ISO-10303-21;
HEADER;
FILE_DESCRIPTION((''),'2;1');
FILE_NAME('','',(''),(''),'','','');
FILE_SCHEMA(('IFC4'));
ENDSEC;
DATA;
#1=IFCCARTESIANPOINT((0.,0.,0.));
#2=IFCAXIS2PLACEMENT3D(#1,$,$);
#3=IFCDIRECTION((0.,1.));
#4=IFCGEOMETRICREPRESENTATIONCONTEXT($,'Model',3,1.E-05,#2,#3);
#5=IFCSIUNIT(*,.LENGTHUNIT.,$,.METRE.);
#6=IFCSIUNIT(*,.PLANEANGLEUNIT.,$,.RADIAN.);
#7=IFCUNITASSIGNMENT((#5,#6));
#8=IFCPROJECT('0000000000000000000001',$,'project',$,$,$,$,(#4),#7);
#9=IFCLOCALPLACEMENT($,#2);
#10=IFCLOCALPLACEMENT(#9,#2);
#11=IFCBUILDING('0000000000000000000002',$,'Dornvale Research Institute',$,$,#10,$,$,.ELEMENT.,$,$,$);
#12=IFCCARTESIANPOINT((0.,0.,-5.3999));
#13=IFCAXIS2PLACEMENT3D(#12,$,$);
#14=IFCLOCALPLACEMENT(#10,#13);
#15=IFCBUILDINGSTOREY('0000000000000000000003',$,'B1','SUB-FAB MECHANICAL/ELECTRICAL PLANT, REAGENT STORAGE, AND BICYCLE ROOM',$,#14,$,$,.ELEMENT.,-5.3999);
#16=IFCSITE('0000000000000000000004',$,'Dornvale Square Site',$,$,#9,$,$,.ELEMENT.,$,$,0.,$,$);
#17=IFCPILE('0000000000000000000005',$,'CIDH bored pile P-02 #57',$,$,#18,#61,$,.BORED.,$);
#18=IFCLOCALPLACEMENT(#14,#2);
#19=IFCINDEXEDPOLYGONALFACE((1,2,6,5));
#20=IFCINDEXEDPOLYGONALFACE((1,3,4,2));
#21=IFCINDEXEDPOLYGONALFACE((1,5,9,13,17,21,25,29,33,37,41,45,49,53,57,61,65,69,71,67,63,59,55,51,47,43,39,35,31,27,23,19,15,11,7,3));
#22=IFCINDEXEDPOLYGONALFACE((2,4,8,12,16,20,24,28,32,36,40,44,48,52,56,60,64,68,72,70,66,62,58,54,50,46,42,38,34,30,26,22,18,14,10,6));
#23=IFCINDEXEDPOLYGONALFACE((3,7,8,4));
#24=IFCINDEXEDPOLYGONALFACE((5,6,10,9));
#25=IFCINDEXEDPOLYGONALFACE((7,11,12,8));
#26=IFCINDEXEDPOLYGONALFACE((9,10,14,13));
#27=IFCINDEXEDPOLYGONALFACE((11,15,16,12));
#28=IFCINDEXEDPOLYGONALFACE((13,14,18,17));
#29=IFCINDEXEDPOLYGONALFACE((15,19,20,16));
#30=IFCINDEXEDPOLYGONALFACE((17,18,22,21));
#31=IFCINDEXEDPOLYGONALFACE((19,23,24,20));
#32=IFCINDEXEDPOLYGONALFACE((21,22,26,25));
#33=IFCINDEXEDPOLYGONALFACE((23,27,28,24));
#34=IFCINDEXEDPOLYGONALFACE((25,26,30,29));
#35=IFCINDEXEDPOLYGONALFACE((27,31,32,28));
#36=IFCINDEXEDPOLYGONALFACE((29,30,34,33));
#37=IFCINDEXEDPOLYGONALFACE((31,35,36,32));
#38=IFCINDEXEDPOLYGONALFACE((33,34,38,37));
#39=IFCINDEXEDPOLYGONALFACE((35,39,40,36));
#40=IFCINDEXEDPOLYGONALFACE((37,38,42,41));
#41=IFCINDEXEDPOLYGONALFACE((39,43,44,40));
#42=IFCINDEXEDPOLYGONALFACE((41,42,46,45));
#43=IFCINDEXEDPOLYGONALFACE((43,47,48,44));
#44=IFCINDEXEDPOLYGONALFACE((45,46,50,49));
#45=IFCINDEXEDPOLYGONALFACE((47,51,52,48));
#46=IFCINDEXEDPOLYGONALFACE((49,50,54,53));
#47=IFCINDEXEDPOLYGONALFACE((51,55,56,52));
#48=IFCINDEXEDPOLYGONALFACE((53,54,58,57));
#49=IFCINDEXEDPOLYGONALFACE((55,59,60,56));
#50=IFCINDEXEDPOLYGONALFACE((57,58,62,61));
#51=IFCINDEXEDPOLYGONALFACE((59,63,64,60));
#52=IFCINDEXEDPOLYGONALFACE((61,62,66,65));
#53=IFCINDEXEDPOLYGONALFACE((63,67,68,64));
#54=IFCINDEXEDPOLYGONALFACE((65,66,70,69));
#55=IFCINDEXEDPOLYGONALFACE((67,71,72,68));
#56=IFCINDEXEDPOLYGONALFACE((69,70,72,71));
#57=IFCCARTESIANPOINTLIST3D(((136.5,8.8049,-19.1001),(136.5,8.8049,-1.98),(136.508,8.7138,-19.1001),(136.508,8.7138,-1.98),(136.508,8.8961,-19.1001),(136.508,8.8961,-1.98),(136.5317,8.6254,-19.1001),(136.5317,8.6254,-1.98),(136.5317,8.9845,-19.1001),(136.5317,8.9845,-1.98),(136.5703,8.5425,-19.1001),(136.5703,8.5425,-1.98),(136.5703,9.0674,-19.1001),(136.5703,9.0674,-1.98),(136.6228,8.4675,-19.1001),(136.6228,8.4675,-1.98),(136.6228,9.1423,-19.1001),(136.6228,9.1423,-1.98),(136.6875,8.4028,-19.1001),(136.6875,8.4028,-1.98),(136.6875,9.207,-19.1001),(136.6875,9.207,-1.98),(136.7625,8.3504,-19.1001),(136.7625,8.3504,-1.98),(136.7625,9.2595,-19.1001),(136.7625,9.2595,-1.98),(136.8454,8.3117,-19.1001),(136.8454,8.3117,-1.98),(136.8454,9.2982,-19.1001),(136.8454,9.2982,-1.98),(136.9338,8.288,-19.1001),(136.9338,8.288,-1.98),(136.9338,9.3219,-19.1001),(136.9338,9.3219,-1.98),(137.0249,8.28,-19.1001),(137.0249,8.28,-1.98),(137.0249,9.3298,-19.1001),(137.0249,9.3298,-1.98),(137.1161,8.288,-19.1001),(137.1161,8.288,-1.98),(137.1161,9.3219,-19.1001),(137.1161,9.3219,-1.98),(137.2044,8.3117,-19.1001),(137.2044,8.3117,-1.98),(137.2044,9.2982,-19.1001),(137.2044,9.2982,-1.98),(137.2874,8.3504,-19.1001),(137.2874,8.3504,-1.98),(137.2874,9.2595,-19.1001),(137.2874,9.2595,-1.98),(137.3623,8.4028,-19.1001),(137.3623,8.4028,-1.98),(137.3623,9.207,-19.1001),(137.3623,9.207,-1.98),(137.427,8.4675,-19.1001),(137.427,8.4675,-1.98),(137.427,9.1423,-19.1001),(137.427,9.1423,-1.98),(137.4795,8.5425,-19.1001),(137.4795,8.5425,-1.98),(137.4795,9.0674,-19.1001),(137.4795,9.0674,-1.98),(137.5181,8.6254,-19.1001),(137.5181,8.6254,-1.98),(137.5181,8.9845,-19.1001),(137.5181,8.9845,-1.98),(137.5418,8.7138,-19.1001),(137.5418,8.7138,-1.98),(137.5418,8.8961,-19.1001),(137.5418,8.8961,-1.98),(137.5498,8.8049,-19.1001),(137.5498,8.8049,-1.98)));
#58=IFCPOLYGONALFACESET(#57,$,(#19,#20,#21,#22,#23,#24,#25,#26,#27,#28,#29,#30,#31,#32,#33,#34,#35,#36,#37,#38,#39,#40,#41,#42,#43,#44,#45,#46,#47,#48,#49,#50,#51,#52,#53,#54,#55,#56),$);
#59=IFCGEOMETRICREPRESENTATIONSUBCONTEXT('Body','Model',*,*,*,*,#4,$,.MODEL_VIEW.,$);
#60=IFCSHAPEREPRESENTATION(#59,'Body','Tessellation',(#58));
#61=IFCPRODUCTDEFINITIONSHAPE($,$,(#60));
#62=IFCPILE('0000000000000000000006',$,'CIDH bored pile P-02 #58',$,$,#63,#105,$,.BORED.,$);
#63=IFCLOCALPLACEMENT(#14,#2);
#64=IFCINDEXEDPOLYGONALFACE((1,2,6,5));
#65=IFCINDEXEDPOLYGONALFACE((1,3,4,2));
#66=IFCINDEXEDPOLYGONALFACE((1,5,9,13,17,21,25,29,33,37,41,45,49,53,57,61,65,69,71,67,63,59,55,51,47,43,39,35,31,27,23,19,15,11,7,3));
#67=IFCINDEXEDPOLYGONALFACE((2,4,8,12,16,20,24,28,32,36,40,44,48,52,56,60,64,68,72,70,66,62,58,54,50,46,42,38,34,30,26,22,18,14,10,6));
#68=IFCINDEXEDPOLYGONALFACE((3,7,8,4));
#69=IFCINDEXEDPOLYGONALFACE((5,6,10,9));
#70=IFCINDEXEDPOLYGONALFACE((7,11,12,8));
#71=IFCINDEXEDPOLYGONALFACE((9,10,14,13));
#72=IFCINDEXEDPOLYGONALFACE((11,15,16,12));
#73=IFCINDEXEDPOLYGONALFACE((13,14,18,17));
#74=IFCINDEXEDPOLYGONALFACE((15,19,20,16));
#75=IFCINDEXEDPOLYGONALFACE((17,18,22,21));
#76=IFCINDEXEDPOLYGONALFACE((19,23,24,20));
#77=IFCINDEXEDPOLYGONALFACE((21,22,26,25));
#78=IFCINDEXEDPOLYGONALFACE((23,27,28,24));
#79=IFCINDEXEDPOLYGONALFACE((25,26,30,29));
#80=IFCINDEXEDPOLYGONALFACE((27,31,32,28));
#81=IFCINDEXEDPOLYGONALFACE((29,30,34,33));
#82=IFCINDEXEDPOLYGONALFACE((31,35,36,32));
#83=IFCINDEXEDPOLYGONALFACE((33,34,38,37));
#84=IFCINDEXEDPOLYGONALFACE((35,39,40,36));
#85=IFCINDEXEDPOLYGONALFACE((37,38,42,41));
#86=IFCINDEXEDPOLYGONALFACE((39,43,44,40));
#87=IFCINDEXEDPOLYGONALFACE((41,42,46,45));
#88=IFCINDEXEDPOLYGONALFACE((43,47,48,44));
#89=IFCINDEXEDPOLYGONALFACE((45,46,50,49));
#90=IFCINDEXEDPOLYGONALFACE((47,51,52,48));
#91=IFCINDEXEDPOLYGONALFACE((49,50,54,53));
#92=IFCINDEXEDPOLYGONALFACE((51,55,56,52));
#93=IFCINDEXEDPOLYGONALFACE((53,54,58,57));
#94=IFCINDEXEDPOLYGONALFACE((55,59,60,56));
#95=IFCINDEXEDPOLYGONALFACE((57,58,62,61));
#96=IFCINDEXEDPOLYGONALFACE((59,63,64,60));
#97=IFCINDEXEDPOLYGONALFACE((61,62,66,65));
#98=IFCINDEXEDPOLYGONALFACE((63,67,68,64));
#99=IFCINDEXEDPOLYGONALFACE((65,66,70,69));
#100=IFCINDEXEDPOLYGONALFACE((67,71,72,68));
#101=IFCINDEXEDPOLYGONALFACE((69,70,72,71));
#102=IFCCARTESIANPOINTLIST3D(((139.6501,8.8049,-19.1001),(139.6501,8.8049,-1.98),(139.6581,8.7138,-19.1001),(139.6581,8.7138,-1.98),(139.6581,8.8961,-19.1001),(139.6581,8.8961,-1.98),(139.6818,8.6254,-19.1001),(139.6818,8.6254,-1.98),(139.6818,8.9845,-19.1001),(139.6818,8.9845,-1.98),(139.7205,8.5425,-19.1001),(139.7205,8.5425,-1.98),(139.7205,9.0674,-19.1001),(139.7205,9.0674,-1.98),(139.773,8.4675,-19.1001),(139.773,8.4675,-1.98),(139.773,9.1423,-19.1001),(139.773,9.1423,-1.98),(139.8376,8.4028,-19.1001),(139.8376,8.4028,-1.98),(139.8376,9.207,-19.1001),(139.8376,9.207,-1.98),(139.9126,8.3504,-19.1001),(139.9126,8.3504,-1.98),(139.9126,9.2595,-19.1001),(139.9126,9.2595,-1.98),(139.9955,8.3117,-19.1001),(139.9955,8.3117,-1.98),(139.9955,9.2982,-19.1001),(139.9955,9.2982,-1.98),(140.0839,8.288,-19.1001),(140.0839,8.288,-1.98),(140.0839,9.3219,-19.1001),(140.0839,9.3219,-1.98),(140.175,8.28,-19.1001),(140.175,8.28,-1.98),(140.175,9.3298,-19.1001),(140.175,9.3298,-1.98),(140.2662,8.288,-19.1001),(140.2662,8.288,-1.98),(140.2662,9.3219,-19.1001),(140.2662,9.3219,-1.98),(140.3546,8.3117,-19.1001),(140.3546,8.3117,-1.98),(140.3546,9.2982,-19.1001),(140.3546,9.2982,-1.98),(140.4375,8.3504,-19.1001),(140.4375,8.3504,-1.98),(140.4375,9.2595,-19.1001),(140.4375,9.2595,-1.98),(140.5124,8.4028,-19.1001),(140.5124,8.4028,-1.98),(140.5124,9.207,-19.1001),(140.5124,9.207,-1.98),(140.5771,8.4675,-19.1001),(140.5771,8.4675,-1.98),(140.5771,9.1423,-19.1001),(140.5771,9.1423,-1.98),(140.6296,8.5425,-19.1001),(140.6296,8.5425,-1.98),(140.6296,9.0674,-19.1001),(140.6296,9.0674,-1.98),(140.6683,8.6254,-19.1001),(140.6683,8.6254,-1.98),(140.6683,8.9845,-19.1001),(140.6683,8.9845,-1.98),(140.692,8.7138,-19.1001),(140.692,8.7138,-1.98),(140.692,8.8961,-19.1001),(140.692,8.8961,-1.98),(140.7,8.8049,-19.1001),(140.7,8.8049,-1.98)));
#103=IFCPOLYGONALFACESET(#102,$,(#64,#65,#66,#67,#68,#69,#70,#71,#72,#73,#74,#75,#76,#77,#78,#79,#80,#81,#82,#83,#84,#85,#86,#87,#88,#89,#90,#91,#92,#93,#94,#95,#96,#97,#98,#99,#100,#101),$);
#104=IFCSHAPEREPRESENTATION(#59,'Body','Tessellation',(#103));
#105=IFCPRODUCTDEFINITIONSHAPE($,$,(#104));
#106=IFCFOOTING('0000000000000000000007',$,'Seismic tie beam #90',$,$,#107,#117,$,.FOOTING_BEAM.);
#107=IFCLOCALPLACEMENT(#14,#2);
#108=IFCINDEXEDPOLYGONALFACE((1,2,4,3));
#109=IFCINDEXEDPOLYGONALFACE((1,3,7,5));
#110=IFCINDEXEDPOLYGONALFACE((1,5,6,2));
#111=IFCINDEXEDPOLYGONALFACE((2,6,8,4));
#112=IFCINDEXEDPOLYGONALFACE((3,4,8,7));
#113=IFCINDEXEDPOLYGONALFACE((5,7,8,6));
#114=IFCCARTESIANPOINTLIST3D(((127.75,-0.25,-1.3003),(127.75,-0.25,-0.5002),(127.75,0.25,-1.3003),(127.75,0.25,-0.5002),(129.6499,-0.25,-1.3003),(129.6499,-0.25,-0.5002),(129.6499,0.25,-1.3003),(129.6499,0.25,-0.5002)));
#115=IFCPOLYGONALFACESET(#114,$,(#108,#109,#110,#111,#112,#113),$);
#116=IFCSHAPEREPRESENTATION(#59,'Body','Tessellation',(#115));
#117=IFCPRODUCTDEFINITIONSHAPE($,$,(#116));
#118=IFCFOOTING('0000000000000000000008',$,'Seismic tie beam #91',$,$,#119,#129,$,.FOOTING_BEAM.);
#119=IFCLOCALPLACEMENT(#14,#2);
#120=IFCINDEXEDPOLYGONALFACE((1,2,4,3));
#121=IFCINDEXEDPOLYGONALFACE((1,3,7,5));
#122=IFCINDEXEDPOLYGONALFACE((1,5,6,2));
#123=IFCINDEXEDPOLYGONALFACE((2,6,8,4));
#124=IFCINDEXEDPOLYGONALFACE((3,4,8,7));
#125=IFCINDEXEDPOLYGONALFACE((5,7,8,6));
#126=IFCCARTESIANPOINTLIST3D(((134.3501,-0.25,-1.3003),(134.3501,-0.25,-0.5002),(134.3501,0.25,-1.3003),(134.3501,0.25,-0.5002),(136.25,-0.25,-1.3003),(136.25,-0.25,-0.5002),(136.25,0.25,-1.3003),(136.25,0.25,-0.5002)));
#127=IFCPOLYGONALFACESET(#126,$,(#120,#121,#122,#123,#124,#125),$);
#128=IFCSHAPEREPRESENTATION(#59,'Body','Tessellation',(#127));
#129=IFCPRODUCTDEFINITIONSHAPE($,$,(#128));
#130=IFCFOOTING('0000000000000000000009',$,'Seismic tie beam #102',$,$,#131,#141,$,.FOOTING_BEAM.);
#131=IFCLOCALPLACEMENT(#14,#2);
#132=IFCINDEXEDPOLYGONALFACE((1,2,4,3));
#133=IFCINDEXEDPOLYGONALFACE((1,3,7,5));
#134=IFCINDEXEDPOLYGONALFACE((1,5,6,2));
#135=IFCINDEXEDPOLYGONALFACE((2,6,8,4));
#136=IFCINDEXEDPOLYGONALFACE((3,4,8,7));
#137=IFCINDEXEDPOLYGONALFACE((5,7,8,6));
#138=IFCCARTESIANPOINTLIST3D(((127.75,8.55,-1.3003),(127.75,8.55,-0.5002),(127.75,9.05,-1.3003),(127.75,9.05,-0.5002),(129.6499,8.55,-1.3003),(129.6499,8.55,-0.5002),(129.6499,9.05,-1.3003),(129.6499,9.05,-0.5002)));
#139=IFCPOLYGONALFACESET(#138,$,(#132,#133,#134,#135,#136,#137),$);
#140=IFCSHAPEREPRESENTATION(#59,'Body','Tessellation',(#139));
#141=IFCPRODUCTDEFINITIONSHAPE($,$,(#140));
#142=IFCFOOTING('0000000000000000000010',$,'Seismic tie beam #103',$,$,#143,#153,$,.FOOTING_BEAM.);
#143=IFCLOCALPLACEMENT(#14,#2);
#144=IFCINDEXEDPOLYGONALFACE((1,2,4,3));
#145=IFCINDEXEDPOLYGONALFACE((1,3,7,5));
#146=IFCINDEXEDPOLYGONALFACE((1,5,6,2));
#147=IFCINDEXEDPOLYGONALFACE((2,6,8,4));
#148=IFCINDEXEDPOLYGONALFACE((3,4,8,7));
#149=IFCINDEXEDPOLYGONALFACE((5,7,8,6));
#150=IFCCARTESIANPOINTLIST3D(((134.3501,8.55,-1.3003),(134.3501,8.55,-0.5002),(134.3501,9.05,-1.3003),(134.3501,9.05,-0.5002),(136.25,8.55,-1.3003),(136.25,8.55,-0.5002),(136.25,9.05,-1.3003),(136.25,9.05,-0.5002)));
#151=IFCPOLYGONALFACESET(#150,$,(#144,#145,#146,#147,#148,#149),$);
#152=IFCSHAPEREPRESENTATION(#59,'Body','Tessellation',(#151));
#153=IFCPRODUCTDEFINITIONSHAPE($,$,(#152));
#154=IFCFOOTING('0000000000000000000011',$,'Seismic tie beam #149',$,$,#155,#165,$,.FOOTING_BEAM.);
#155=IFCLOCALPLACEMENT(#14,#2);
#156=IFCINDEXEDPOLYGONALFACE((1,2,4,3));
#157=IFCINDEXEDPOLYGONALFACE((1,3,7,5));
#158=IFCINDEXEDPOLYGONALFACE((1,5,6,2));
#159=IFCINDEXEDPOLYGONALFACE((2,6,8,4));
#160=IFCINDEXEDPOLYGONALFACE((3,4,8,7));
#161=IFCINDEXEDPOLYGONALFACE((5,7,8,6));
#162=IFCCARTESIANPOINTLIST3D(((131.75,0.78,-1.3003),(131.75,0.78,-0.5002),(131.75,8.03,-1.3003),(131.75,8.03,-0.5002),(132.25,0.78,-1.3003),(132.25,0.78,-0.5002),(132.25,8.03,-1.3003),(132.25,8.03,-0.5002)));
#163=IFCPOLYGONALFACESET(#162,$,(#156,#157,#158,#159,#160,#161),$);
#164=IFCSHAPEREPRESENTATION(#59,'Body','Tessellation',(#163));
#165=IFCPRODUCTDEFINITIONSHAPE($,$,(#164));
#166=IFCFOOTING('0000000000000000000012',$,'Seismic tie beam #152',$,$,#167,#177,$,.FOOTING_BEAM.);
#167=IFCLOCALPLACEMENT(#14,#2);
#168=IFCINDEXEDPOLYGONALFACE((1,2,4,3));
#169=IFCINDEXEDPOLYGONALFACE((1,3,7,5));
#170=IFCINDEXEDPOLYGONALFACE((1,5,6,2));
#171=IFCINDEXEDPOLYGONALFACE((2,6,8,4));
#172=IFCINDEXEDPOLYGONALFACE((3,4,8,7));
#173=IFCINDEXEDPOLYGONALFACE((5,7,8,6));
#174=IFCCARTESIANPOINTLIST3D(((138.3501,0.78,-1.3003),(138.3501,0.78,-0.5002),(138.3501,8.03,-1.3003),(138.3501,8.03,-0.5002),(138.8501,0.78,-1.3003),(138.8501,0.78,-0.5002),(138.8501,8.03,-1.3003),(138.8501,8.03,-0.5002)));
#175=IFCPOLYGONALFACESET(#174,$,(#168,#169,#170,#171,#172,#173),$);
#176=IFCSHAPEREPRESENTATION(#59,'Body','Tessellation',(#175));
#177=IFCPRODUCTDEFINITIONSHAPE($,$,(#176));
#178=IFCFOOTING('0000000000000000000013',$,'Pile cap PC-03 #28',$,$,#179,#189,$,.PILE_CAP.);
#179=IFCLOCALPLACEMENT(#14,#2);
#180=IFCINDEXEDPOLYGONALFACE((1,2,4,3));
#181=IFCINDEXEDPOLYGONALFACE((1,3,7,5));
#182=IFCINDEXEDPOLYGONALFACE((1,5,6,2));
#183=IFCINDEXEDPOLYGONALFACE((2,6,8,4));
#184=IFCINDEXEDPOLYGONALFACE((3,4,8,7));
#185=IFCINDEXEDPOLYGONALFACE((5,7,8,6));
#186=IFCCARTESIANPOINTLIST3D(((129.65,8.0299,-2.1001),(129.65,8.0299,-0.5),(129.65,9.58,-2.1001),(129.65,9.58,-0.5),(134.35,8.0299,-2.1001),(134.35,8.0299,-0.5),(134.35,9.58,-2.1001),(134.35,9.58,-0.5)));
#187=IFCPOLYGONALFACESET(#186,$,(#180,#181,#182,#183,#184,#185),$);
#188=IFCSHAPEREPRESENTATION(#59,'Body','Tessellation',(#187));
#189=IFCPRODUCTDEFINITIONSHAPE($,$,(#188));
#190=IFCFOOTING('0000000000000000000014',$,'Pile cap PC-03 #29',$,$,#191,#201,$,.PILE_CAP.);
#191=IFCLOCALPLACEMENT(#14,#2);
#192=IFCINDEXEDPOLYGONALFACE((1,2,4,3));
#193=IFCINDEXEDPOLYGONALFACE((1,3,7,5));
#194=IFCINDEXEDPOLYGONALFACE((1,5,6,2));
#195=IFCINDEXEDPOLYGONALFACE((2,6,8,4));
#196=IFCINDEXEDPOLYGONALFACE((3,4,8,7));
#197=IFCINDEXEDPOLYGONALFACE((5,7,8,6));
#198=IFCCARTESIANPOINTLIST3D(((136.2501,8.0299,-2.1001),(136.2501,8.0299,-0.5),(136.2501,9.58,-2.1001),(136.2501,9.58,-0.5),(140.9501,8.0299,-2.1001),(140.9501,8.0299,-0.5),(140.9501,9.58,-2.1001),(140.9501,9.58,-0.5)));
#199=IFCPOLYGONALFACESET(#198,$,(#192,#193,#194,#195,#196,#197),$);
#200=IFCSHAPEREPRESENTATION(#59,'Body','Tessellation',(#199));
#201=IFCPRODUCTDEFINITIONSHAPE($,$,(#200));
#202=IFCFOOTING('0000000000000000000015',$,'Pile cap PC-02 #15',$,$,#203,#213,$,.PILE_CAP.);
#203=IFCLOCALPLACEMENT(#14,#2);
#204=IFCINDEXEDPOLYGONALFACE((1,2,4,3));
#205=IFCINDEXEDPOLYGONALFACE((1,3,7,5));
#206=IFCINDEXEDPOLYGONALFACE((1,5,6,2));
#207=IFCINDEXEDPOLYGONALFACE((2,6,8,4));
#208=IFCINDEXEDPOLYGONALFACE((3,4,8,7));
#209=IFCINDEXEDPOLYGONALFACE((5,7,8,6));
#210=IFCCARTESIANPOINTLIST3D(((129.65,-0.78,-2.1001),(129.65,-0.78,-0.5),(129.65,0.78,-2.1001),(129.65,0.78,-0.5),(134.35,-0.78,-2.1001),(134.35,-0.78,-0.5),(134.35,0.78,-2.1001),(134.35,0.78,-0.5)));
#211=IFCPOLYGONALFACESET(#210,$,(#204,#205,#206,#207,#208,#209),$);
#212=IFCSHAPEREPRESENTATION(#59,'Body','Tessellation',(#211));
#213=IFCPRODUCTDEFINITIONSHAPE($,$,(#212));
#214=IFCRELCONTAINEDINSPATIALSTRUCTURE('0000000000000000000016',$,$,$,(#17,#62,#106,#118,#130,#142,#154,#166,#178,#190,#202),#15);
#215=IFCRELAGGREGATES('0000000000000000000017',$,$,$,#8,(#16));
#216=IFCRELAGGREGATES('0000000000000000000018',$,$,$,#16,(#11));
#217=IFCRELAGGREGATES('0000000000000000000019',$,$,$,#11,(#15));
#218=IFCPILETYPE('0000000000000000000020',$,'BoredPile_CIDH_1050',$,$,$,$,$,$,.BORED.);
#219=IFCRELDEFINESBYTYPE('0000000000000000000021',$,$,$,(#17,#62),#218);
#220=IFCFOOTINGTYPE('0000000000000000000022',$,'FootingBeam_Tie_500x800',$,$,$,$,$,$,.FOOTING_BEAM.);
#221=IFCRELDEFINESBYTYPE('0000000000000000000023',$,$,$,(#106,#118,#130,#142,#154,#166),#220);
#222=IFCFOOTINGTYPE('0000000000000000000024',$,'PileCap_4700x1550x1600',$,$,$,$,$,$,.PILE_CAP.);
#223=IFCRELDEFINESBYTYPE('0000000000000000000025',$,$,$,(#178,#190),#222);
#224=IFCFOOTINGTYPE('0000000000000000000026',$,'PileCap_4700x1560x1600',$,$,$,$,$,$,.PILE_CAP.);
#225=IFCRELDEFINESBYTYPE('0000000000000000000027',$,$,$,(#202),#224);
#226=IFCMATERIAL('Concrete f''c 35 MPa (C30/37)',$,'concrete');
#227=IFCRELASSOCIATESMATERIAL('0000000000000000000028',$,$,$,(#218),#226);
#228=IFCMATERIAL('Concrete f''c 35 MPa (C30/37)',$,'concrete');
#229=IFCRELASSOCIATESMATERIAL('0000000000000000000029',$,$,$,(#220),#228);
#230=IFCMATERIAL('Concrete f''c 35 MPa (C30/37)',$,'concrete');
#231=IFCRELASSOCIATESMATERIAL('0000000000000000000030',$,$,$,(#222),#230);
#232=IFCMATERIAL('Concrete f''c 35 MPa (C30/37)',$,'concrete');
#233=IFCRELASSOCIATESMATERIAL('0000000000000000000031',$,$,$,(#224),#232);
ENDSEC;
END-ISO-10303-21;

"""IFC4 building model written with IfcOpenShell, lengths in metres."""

from ifc_helpers import new_model, si_unit, direction, frame, origin, origin_2d, place, context, subcontext, project, spatial, rectangle, circle, extrude, material, material_profile, profile_set, type_object, element, save


model = new_model("IFC4")

# Units and contexts
model_context = context("Model", 3, precision=1e-05, world=origin(), true_north=direction((0.0, 1.0)))
body_context = subcontext(model_context, "Body", "Model", "MODEL_VIEW")
ifc_project = project(units=[si_unit("LENGTHUNIT", "METRE"), si_unit("PLANEANGLEUNIT", "RADIAN")], contexts=[model_context])

# Site, building, storey
site_placement = place(None, origin())
site = spatial("IfcSite", under=ifc_project, at=site_placement, Name="Dornvale Square Site", CompositionType="ELEMENT", RefElevation=0.0)
building_placement = place(site_placement, origin())
building = spatial("IfcBuilding", under=site, at=building_placement, Name="Dornvale Research Institute", CompositionType="ELEMENT")
storey_placement = place(building_placement, frame((0.0, 0.0, -5.3999)))
storey = spatial("IfcBuildingStorey", under=building, at=storey_placement, Name="B1", Description="SUB-FAB MECHANICAL/ELECTRICAL PLANT, REAGENT STORAGE, AND BICYCLE ROOM", CompositionType="ELEMENT", Elevation=-5.3999)

# Piles
ifc_material_1 = material(Name="Concrete f'c 35 MPa (C30/37)", Category="concrete")
ifc_material_profile_1 = material_profile(ifc_material_1, circle(Radius=0.5249, at=origin_2d()), Name="CIDH PILE D1050")
ifc_profile_set_1 = profile_set([ifc_material_profile_1], Name="Concrete f'c 35 MPa (C30/37)")
pile_type = type_object("IfcPileType", Name="BoredPile_CIDH_1050", PredefinedType="BORED", material=ifc_profile_set_1)
for number, where, z_axis, x_axis, name in (
    (1, (137.0249, 8.8049, -1.98), (0.0, 0.0, -1.0), (1.0, 0.0, 0.0), "CIDH bored pile P-02 #57"),
    (2, (140.175, 8.8049, -1.98), (0.0, 0.0, -1.0), (1.0, 0.0, 0.0), "CIDH bored pile P-02 #58"),
):
    element("IfcPile", number, at=place(storey_placement, frame(where, z_axis=z_axis, x_axis=x_axis)), inside=storey, type_object=pile_type, Name=name, PredefinedType="BORED", context=body_context, shape_type="SweptSolid", body=[
        extrude(circle(Radius=0.5249, at=origin_2d()), origin(), (0.0, 0.0, 1.0), 17.1201),
    ])

# Footings
ifc_material_2 = material(Name="Concrete f'c 35 MPa (C30/37)", Category="concrete")
footing_type_1 = type_object("IfcFootingType", Name="FootingBeam_Tie_500x800", PredefinedType="FOOTING_BEAM", material=ifc_material_2)
for number, where, z_axis, x_axis, name in (
    (3, (128.7, 0.0, -1.3003), (0.0, 0.0, 1.0), (1.0, 0.0, 0.0), "Seismic tie beam #90"),
    (4, (135.3, 0.0, -1.3003), (0.0, 0.0, 1.0), (1.0, 0.0, 0.0), "Seismic tie beam #91"),
    (5, (128.7, 8.8, -1.3003), (0.0, 0.0, 1.0), (1.0, 0.0, 0.0), "Seismic tie beam #102"),
    (6, (135.3, 8.8, -1.3003), (0.0, 0.0, 1.0), (1.0, 0.0, 0.0), "Seismic tie beam #103"),
):
    element("IfcFooting", number, at=place(storey_placement, frame(where, z_axis=z_axis, x_axis=x_axis)), inside=storey, type_object=footing_type_1, Name=name, PredefinedType="FOOTING_BEAM", context=body_context, shape_type="SweptSolid", body=[
        extrude(rectangle(XDim=1.8999, YDim=0.5, at=origin_2d()), origin(), (0.0, 0.0, 1.0), 0.8),
    ])
for number, where, z_axis, x_axis, name in (
    (7, (132.0, 4.405, -1.3003), (0.0, 0.0, 1.0), (0.0, 1.0, 0.0), "Seismic tie beam #149"),
    (8, (138.6001, 4.405, -1.3003), (0.0, 0.0, 1.0), (0.0, 1.0, 0.0), "Seismic tie beam #152"),
):
    element("IfcFooting", number, at=place(storey_placement, frame(where, z_axis=z_axis, x_axis=x_axis)), inside=storey, type_object=footing_type_1, Name=name, PredefinedType="FOOTING_BEAM", context=body_context, shape_type="SweptSolid", body=[
        extrude(rectangle(XDim=7.25, YDim=0.5, at=origin_2d()), origin(), (0.0, 0.0, 1.0), 0.8),
    ])
ifc_material_3 = material(Name="Concrete f'c 35 MPa (C30/37)", Category="concrete")
footing_type_2 = type_object("IfcFootingType", Name="PileCap_4700x1550x1600", PredefinedType="PILE_CAP", material=ifc_material_3)
for number, where, z_axis, x_axis, name in (
    (9, (132.0, 8.8049, -2.1001), (0.0, 0.0, 1.0), (1.0, 0.0, 0.0), "Pile cap PC-03 #28"),
    (10, (138.6001, 8.8049, -2.1001), (0.0, 0.0, 1.0), (1.0, 0.0, 0.0), "Pile cap PC-03 #29"),
):
    element("IfcFooting", number, at=place(storey_placement, frame(where, z_axis=z_axis, x_axis=x_axis)), inside=storey, type_object=footing_type_2, Name=name, PredefinedType="PILE_CAP", context=body_context, shape_type="SweptSolid", body=[
        extrude(rectangle(XDim=4.7, YDim=1.55, at=origin_2d()), origin(), (0.0, 0.0, 1.0), 1.6001),
    ])
ifc_material_4 = material(Name="Concrete f'c 35 MPa (C30/37)", Category="concrete")
footing_type_3 = type_object("IfcFootingType", Name="PileCap_4700x1560x1600", PredefinedType="PILE_CAP", material=ifc_material_4)
for number, where, z_axis, x_axis, name in (
    (11, (132.0, 0.0, -2.1001), (0.0, 0.0, 1.0), (1.0, 0.0, 0.0), "Pile cap PC-02 #15"),
):
    element("IfcFooting", number, at=place(storey_placement, frame(where, z_axis=z_axis, x_axis=x_axis)), inside=storey, type_object=footing_type_3, Name=name, PredefinedType="PILE_CAP", context=body_context, shape_type="SweptSolid", body=[
        extrude(rectangle(XDim=4.7, YDim=1.5601, at=origin_2d()), origin(), (0.0, 0.0, 1.0), 1.6001),
    ])

save(model, "model.ifc")
